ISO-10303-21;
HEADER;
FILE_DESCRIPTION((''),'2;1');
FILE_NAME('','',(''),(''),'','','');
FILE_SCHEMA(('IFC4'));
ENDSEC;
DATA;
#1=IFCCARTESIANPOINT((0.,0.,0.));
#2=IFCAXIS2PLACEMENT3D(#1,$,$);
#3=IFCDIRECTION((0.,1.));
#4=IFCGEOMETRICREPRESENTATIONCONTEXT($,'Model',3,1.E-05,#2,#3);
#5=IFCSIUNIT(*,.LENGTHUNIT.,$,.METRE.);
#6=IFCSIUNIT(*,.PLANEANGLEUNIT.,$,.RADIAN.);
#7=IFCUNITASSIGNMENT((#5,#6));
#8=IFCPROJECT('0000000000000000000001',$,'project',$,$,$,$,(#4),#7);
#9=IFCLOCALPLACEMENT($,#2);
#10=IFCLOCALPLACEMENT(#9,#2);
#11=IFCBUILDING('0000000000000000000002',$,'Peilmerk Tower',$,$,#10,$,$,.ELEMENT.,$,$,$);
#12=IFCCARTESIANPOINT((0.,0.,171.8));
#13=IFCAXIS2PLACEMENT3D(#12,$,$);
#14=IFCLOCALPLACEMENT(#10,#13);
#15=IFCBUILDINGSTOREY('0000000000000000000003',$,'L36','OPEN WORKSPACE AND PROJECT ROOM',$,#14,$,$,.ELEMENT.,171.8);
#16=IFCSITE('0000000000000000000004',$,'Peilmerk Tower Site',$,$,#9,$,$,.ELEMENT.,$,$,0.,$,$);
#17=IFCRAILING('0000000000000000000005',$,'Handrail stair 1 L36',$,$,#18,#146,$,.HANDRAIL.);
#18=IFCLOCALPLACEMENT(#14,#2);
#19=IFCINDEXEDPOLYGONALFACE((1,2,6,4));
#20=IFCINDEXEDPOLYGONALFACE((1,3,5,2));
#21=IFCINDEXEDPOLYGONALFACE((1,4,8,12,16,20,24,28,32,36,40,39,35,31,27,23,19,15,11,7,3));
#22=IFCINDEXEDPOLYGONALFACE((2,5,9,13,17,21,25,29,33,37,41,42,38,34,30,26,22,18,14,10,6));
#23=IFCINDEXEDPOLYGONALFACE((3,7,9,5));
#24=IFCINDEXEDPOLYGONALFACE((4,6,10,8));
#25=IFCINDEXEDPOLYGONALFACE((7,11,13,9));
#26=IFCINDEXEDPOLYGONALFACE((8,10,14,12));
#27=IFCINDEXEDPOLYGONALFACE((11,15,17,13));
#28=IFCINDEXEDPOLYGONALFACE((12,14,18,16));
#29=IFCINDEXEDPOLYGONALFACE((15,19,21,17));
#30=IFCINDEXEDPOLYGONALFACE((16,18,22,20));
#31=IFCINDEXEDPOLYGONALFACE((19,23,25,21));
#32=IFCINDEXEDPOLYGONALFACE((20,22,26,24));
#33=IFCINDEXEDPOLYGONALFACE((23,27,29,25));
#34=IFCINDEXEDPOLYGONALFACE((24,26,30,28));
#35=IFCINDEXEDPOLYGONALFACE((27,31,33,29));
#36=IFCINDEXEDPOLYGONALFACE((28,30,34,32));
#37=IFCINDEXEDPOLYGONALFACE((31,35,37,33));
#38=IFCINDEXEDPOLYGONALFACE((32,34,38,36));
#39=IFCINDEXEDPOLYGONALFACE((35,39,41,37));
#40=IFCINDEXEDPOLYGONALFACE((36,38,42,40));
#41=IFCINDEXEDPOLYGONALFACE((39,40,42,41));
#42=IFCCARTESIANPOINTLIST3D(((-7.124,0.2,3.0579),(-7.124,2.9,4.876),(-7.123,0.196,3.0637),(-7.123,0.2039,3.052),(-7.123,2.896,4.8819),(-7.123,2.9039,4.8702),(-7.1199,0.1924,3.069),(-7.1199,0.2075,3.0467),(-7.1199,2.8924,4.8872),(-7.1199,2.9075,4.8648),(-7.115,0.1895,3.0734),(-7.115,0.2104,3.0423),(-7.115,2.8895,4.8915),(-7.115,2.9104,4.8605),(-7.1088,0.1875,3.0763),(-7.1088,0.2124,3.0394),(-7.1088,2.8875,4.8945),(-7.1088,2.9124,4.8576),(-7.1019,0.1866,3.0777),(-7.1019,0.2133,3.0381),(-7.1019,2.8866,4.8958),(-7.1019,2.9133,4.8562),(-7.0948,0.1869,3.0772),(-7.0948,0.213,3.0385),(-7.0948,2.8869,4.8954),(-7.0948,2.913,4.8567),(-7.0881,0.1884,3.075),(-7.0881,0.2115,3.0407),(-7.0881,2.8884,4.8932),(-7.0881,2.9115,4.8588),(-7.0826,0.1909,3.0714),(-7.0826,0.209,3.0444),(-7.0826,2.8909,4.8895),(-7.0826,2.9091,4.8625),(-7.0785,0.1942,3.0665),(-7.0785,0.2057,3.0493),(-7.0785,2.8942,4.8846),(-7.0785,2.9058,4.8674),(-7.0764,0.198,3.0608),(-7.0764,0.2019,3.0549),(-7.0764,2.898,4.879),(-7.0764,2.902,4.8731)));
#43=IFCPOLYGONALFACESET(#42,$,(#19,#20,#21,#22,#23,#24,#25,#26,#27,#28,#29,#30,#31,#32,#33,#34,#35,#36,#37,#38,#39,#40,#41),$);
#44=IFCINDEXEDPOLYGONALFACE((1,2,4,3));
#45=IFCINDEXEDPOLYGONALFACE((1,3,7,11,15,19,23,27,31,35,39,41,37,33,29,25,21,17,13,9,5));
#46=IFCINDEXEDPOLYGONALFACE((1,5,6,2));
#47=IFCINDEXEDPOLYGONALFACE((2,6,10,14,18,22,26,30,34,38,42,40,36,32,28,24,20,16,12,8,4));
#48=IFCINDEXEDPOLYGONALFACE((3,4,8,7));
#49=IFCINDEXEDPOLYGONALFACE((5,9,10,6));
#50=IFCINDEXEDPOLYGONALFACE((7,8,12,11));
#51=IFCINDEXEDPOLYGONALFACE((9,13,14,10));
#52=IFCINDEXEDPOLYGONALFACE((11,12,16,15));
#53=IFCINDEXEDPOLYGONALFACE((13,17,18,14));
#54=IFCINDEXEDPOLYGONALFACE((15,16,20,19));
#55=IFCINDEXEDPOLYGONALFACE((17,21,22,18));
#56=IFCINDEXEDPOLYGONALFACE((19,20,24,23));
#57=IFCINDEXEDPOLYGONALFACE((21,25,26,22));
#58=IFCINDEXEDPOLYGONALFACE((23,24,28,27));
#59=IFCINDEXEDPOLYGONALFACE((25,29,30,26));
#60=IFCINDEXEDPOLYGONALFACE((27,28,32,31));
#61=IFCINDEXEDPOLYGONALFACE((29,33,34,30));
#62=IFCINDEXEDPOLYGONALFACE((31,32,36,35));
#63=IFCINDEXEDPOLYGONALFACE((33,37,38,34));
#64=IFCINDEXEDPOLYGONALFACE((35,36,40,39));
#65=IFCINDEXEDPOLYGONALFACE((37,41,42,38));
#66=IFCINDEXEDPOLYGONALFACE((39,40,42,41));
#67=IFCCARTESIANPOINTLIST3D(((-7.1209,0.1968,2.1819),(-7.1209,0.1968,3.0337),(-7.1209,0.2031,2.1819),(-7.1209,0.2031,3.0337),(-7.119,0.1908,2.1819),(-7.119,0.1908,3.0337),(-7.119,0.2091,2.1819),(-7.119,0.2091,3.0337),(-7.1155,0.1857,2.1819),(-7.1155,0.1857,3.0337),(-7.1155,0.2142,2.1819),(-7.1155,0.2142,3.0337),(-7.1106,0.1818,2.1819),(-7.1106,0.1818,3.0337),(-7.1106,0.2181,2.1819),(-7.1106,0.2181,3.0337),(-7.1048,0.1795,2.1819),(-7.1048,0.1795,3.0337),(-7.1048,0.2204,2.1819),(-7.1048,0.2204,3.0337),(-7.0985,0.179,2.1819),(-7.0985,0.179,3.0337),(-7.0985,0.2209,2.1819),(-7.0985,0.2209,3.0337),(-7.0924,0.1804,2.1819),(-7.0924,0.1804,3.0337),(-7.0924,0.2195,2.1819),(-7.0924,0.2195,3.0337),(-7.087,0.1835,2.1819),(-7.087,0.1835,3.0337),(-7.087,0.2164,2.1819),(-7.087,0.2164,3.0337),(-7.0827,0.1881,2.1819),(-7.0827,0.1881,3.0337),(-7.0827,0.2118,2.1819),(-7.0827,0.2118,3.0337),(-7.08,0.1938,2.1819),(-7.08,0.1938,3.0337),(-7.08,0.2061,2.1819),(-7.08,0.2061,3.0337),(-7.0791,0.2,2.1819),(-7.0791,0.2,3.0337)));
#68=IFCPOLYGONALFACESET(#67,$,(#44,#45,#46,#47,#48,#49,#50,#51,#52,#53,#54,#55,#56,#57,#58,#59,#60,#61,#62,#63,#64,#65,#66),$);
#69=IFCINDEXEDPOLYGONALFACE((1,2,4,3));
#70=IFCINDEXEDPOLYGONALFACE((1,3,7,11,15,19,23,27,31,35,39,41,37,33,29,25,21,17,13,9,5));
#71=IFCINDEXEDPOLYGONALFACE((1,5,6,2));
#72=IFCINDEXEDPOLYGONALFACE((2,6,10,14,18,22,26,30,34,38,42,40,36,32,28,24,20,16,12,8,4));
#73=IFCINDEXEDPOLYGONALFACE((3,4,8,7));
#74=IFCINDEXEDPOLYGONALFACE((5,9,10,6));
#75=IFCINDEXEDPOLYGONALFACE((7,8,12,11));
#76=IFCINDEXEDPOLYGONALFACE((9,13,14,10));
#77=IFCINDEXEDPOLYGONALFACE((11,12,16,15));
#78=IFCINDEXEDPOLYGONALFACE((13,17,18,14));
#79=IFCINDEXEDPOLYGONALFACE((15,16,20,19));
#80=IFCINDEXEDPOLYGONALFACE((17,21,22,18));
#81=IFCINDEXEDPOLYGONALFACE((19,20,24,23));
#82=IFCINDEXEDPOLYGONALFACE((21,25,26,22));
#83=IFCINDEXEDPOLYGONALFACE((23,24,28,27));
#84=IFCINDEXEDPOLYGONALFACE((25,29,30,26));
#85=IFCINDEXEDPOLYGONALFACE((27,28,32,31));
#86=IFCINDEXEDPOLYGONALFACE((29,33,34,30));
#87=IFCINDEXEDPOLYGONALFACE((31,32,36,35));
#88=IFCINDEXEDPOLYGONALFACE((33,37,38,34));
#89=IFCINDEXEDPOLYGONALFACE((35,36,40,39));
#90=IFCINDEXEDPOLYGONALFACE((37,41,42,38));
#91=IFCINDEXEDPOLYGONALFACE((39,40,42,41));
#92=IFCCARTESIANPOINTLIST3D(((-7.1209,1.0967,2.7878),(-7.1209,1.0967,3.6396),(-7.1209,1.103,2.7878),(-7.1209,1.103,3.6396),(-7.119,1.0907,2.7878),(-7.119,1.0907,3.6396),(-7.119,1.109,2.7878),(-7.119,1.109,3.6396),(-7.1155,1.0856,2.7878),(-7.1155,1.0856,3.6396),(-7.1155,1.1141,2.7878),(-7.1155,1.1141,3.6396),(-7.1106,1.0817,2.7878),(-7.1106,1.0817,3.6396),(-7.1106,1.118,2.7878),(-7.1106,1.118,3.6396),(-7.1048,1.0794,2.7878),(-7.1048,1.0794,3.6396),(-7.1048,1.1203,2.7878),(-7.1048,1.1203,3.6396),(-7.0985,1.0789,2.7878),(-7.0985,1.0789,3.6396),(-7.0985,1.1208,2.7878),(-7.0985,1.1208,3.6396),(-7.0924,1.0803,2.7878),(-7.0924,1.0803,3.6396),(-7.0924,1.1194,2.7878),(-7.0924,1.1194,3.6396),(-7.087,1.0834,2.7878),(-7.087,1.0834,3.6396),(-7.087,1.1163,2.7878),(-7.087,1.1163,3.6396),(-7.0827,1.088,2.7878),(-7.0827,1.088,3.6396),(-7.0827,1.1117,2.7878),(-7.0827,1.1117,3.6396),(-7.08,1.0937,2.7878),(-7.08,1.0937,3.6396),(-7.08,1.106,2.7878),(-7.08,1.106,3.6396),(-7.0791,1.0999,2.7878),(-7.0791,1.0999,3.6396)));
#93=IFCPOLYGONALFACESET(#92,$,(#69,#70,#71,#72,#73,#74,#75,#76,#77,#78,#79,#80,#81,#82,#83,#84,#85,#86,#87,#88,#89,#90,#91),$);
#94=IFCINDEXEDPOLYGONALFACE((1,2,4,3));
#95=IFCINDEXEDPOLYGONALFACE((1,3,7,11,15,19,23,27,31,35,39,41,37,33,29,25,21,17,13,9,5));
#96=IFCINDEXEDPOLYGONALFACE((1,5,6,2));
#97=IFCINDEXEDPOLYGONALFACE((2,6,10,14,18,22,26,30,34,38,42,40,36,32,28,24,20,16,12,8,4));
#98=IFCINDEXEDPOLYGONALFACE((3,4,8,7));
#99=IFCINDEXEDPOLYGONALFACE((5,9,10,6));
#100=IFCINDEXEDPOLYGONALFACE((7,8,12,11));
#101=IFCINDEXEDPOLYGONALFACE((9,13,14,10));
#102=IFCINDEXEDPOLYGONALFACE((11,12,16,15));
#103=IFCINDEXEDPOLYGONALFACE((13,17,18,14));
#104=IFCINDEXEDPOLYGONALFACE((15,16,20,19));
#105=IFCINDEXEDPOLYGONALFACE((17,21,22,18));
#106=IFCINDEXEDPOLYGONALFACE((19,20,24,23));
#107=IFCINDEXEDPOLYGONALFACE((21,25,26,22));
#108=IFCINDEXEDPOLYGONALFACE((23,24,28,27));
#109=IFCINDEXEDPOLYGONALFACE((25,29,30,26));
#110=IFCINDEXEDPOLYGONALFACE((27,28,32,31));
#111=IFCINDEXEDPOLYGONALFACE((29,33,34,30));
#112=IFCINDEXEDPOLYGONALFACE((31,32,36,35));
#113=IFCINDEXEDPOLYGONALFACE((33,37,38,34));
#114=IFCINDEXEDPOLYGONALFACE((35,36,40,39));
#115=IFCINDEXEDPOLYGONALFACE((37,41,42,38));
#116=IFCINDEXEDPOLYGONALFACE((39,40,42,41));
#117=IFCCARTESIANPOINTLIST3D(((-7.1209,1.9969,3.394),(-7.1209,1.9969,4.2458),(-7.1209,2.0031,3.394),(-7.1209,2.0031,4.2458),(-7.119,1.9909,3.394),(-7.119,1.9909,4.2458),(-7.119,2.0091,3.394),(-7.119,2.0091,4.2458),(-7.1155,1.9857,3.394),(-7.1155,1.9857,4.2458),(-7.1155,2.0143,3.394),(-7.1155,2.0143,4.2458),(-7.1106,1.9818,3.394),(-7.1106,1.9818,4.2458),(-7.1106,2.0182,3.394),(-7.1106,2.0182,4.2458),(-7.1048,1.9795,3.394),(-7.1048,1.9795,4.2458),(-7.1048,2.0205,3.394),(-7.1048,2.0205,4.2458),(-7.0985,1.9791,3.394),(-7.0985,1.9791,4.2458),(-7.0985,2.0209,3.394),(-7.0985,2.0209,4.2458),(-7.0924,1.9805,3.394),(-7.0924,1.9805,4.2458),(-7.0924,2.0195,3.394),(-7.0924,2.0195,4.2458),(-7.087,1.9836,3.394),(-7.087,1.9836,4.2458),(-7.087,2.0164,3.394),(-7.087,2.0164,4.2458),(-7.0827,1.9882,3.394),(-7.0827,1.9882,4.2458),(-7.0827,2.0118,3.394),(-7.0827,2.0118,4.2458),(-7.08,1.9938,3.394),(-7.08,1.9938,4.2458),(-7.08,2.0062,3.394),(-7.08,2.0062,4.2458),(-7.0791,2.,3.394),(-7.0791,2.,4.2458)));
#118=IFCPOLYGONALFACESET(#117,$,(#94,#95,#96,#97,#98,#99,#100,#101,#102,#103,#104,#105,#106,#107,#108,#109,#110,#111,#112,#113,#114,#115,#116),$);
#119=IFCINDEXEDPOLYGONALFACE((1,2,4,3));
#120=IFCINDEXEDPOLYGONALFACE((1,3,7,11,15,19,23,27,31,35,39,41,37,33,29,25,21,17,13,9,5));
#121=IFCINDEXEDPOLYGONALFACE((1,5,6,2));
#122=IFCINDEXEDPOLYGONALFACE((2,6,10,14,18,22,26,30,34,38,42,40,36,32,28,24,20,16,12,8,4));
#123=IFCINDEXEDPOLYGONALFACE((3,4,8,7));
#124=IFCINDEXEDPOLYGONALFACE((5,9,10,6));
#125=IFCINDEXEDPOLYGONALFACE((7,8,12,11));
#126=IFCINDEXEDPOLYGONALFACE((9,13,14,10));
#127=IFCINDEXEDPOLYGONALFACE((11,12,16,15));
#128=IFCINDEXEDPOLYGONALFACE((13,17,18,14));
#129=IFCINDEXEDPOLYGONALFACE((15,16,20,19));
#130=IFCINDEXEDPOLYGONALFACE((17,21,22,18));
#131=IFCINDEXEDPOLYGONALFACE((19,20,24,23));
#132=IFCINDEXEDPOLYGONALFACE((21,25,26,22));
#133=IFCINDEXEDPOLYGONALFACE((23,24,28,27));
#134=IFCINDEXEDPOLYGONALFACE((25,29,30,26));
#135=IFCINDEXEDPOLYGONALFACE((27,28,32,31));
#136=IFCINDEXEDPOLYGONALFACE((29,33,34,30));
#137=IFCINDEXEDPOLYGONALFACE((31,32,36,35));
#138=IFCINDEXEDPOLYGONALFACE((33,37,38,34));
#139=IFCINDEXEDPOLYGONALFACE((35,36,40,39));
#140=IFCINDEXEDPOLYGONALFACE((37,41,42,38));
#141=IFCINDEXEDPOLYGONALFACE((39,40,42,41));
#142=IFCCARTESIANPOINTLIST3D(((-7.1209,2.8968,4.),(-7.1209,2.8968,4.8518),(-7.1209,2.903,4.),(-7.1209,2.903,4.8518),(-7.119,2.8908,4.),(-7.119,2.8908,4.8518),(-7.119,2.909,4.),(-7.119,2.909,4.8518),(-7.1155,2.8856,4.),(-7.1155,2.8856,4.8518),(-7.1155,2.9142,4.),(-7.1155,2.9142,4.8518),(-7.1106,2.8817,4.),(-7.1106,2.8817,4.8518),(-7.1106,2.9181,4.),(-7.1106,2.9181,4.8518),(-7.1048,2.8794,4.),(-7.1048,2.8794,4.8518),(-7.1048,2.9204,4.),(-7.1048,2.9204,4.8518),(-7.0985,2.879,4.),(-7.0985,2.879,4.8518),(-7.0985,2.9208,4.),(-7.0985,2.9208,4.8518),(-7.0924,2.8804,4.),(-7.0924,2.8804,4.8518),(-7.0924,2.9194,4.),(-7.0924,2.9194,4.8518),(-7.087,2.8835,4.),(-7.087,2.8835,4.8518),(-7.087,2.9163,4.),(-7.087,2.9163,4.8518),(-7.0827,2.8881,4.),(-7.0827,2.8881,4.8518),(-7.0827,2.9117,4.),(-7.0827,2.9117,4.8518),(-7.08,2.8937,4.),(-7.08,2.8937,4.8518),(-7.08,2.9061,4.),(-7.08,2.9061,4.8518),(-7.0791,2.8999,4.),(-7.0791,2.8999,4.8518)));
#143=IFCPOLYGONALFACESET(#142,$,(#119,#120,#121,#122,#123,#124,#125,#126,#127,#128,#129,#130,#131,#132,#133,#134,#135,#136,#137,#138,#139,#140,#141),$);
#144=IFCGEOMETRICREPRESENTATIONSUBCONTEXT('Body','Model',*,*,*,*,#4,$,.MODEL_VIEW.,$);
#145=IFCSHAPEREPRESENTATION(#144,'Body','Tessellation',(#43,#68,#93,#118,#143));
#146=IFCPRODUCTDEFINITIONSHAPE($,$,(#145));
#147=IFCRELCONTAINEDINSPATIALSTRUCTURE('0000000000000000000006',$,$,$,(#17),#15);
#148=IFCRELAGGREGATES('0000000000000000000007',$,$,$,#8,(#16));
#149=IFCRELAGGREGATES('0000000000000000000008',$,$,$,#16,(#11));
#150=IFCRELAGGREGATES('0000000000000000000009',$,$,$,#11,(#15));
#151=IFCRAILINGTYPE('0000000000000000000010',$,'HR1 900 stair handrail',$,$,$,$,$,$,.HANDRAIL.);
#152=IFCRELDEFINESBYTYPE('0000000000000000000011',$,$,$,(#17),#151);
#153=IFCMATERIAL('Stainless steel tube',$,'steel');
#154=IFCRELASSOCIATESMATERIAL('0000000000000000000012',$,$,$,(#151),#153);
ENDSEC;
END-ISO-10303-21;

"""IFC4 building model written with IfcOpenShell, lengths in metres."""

from ifc_helpers import new_model, si_unit, direction, frame, origin, origin_2d, place, context, subcontext, project, spatial, circle, extrude, material, type_object, element, save


model = new_model("IFC4")

# Units and contexts
model_context = context("Model", 3, precision=1e-05, world=origin(), true_north=direction((0.0, 1.0)))
body_context = subcontext(model_context, "Body", "Model", "MODEL_VIEW")
ifc_project = project(units=[si_unit("LENGTHUNIT", "METRE"), si_unit("PLANEANGLEUNIT", "RADIAN")], contexts=[model_context])

# Site, building, storey
site_placement = place(None, origin())
site = spatial("IfcSite", under=ifc_project, at=site_placement, Name="Peilmerk Tower Site", CompositionType="ELEMENT", RefElevation=0.0)
building_placement = place(site_placement, origin())
building = spatial("IfcBuilding", under=site, at=building_placement, Name="Peilmerk Tower", CompositionType="ELEMENT")
storey_placement = place(building_placement, frame((0.0, 0.0, 171.8)))
storey = spatial("IfcBuildingStorey", under=building, at=storey_placement, Name="L36", Description="OPEN WORKSPACE AND PROJECT ROOM", CompositionType="ELEMENT", Elevation=171.8)

# Railing
ifc_material_1 = material(Name="Stainless steel tube", Category="steel")
railing_type_1 = type_object("IfcRailingType", Name="HR1 900 stair handrail", PredefinedType="HANDRAIL", material=ifc_material_1)
railing_1_placement = place(storey_placement, frame((-7.1001, 0.2, 2.1819)))
element("IfcRailing", 1, at=railing_1_placement, inside=storey, type_object=railing_type_1, Name="Handrail stair 1 L36", PredefinedType="HANDRAIL", context=body_context, shape_type="SweptSolid", body=[
    extrude(circle(Radius=0.0239, at=origin_2d()), frame((0.0, 0.0, 0.876), z_axis=(0.0, 0.829468, 0.558554), x_axis=(-1.0, 0.0, 0.0)), (0.0, 0.0, 1.0), 3.2551),
    extrude(circle(Radius=0.021, at=origin_2d()), origin(), (0.0, 0.0, 1.0), 0.8518),
    extrude(circle(Radius=0.021, at=origin_2d()), frame((0.0, 0.8999, 0.606)), (0.0, 0.0, 1.0), 0.8518),
    extrude(circle(Radius=0.021, at=origin_2d()), frame((0.0, 1.8, 1.2122)), (0.0, 0.0, 1.0), 0.8518),
    extrude(circle(Radius=0.021, at=origin_2d()), frame((0.0, 2.7, 1.8181)), (0.0, 0.0, 1.0), 0.8518),
])

save(model, "model.ifc")
